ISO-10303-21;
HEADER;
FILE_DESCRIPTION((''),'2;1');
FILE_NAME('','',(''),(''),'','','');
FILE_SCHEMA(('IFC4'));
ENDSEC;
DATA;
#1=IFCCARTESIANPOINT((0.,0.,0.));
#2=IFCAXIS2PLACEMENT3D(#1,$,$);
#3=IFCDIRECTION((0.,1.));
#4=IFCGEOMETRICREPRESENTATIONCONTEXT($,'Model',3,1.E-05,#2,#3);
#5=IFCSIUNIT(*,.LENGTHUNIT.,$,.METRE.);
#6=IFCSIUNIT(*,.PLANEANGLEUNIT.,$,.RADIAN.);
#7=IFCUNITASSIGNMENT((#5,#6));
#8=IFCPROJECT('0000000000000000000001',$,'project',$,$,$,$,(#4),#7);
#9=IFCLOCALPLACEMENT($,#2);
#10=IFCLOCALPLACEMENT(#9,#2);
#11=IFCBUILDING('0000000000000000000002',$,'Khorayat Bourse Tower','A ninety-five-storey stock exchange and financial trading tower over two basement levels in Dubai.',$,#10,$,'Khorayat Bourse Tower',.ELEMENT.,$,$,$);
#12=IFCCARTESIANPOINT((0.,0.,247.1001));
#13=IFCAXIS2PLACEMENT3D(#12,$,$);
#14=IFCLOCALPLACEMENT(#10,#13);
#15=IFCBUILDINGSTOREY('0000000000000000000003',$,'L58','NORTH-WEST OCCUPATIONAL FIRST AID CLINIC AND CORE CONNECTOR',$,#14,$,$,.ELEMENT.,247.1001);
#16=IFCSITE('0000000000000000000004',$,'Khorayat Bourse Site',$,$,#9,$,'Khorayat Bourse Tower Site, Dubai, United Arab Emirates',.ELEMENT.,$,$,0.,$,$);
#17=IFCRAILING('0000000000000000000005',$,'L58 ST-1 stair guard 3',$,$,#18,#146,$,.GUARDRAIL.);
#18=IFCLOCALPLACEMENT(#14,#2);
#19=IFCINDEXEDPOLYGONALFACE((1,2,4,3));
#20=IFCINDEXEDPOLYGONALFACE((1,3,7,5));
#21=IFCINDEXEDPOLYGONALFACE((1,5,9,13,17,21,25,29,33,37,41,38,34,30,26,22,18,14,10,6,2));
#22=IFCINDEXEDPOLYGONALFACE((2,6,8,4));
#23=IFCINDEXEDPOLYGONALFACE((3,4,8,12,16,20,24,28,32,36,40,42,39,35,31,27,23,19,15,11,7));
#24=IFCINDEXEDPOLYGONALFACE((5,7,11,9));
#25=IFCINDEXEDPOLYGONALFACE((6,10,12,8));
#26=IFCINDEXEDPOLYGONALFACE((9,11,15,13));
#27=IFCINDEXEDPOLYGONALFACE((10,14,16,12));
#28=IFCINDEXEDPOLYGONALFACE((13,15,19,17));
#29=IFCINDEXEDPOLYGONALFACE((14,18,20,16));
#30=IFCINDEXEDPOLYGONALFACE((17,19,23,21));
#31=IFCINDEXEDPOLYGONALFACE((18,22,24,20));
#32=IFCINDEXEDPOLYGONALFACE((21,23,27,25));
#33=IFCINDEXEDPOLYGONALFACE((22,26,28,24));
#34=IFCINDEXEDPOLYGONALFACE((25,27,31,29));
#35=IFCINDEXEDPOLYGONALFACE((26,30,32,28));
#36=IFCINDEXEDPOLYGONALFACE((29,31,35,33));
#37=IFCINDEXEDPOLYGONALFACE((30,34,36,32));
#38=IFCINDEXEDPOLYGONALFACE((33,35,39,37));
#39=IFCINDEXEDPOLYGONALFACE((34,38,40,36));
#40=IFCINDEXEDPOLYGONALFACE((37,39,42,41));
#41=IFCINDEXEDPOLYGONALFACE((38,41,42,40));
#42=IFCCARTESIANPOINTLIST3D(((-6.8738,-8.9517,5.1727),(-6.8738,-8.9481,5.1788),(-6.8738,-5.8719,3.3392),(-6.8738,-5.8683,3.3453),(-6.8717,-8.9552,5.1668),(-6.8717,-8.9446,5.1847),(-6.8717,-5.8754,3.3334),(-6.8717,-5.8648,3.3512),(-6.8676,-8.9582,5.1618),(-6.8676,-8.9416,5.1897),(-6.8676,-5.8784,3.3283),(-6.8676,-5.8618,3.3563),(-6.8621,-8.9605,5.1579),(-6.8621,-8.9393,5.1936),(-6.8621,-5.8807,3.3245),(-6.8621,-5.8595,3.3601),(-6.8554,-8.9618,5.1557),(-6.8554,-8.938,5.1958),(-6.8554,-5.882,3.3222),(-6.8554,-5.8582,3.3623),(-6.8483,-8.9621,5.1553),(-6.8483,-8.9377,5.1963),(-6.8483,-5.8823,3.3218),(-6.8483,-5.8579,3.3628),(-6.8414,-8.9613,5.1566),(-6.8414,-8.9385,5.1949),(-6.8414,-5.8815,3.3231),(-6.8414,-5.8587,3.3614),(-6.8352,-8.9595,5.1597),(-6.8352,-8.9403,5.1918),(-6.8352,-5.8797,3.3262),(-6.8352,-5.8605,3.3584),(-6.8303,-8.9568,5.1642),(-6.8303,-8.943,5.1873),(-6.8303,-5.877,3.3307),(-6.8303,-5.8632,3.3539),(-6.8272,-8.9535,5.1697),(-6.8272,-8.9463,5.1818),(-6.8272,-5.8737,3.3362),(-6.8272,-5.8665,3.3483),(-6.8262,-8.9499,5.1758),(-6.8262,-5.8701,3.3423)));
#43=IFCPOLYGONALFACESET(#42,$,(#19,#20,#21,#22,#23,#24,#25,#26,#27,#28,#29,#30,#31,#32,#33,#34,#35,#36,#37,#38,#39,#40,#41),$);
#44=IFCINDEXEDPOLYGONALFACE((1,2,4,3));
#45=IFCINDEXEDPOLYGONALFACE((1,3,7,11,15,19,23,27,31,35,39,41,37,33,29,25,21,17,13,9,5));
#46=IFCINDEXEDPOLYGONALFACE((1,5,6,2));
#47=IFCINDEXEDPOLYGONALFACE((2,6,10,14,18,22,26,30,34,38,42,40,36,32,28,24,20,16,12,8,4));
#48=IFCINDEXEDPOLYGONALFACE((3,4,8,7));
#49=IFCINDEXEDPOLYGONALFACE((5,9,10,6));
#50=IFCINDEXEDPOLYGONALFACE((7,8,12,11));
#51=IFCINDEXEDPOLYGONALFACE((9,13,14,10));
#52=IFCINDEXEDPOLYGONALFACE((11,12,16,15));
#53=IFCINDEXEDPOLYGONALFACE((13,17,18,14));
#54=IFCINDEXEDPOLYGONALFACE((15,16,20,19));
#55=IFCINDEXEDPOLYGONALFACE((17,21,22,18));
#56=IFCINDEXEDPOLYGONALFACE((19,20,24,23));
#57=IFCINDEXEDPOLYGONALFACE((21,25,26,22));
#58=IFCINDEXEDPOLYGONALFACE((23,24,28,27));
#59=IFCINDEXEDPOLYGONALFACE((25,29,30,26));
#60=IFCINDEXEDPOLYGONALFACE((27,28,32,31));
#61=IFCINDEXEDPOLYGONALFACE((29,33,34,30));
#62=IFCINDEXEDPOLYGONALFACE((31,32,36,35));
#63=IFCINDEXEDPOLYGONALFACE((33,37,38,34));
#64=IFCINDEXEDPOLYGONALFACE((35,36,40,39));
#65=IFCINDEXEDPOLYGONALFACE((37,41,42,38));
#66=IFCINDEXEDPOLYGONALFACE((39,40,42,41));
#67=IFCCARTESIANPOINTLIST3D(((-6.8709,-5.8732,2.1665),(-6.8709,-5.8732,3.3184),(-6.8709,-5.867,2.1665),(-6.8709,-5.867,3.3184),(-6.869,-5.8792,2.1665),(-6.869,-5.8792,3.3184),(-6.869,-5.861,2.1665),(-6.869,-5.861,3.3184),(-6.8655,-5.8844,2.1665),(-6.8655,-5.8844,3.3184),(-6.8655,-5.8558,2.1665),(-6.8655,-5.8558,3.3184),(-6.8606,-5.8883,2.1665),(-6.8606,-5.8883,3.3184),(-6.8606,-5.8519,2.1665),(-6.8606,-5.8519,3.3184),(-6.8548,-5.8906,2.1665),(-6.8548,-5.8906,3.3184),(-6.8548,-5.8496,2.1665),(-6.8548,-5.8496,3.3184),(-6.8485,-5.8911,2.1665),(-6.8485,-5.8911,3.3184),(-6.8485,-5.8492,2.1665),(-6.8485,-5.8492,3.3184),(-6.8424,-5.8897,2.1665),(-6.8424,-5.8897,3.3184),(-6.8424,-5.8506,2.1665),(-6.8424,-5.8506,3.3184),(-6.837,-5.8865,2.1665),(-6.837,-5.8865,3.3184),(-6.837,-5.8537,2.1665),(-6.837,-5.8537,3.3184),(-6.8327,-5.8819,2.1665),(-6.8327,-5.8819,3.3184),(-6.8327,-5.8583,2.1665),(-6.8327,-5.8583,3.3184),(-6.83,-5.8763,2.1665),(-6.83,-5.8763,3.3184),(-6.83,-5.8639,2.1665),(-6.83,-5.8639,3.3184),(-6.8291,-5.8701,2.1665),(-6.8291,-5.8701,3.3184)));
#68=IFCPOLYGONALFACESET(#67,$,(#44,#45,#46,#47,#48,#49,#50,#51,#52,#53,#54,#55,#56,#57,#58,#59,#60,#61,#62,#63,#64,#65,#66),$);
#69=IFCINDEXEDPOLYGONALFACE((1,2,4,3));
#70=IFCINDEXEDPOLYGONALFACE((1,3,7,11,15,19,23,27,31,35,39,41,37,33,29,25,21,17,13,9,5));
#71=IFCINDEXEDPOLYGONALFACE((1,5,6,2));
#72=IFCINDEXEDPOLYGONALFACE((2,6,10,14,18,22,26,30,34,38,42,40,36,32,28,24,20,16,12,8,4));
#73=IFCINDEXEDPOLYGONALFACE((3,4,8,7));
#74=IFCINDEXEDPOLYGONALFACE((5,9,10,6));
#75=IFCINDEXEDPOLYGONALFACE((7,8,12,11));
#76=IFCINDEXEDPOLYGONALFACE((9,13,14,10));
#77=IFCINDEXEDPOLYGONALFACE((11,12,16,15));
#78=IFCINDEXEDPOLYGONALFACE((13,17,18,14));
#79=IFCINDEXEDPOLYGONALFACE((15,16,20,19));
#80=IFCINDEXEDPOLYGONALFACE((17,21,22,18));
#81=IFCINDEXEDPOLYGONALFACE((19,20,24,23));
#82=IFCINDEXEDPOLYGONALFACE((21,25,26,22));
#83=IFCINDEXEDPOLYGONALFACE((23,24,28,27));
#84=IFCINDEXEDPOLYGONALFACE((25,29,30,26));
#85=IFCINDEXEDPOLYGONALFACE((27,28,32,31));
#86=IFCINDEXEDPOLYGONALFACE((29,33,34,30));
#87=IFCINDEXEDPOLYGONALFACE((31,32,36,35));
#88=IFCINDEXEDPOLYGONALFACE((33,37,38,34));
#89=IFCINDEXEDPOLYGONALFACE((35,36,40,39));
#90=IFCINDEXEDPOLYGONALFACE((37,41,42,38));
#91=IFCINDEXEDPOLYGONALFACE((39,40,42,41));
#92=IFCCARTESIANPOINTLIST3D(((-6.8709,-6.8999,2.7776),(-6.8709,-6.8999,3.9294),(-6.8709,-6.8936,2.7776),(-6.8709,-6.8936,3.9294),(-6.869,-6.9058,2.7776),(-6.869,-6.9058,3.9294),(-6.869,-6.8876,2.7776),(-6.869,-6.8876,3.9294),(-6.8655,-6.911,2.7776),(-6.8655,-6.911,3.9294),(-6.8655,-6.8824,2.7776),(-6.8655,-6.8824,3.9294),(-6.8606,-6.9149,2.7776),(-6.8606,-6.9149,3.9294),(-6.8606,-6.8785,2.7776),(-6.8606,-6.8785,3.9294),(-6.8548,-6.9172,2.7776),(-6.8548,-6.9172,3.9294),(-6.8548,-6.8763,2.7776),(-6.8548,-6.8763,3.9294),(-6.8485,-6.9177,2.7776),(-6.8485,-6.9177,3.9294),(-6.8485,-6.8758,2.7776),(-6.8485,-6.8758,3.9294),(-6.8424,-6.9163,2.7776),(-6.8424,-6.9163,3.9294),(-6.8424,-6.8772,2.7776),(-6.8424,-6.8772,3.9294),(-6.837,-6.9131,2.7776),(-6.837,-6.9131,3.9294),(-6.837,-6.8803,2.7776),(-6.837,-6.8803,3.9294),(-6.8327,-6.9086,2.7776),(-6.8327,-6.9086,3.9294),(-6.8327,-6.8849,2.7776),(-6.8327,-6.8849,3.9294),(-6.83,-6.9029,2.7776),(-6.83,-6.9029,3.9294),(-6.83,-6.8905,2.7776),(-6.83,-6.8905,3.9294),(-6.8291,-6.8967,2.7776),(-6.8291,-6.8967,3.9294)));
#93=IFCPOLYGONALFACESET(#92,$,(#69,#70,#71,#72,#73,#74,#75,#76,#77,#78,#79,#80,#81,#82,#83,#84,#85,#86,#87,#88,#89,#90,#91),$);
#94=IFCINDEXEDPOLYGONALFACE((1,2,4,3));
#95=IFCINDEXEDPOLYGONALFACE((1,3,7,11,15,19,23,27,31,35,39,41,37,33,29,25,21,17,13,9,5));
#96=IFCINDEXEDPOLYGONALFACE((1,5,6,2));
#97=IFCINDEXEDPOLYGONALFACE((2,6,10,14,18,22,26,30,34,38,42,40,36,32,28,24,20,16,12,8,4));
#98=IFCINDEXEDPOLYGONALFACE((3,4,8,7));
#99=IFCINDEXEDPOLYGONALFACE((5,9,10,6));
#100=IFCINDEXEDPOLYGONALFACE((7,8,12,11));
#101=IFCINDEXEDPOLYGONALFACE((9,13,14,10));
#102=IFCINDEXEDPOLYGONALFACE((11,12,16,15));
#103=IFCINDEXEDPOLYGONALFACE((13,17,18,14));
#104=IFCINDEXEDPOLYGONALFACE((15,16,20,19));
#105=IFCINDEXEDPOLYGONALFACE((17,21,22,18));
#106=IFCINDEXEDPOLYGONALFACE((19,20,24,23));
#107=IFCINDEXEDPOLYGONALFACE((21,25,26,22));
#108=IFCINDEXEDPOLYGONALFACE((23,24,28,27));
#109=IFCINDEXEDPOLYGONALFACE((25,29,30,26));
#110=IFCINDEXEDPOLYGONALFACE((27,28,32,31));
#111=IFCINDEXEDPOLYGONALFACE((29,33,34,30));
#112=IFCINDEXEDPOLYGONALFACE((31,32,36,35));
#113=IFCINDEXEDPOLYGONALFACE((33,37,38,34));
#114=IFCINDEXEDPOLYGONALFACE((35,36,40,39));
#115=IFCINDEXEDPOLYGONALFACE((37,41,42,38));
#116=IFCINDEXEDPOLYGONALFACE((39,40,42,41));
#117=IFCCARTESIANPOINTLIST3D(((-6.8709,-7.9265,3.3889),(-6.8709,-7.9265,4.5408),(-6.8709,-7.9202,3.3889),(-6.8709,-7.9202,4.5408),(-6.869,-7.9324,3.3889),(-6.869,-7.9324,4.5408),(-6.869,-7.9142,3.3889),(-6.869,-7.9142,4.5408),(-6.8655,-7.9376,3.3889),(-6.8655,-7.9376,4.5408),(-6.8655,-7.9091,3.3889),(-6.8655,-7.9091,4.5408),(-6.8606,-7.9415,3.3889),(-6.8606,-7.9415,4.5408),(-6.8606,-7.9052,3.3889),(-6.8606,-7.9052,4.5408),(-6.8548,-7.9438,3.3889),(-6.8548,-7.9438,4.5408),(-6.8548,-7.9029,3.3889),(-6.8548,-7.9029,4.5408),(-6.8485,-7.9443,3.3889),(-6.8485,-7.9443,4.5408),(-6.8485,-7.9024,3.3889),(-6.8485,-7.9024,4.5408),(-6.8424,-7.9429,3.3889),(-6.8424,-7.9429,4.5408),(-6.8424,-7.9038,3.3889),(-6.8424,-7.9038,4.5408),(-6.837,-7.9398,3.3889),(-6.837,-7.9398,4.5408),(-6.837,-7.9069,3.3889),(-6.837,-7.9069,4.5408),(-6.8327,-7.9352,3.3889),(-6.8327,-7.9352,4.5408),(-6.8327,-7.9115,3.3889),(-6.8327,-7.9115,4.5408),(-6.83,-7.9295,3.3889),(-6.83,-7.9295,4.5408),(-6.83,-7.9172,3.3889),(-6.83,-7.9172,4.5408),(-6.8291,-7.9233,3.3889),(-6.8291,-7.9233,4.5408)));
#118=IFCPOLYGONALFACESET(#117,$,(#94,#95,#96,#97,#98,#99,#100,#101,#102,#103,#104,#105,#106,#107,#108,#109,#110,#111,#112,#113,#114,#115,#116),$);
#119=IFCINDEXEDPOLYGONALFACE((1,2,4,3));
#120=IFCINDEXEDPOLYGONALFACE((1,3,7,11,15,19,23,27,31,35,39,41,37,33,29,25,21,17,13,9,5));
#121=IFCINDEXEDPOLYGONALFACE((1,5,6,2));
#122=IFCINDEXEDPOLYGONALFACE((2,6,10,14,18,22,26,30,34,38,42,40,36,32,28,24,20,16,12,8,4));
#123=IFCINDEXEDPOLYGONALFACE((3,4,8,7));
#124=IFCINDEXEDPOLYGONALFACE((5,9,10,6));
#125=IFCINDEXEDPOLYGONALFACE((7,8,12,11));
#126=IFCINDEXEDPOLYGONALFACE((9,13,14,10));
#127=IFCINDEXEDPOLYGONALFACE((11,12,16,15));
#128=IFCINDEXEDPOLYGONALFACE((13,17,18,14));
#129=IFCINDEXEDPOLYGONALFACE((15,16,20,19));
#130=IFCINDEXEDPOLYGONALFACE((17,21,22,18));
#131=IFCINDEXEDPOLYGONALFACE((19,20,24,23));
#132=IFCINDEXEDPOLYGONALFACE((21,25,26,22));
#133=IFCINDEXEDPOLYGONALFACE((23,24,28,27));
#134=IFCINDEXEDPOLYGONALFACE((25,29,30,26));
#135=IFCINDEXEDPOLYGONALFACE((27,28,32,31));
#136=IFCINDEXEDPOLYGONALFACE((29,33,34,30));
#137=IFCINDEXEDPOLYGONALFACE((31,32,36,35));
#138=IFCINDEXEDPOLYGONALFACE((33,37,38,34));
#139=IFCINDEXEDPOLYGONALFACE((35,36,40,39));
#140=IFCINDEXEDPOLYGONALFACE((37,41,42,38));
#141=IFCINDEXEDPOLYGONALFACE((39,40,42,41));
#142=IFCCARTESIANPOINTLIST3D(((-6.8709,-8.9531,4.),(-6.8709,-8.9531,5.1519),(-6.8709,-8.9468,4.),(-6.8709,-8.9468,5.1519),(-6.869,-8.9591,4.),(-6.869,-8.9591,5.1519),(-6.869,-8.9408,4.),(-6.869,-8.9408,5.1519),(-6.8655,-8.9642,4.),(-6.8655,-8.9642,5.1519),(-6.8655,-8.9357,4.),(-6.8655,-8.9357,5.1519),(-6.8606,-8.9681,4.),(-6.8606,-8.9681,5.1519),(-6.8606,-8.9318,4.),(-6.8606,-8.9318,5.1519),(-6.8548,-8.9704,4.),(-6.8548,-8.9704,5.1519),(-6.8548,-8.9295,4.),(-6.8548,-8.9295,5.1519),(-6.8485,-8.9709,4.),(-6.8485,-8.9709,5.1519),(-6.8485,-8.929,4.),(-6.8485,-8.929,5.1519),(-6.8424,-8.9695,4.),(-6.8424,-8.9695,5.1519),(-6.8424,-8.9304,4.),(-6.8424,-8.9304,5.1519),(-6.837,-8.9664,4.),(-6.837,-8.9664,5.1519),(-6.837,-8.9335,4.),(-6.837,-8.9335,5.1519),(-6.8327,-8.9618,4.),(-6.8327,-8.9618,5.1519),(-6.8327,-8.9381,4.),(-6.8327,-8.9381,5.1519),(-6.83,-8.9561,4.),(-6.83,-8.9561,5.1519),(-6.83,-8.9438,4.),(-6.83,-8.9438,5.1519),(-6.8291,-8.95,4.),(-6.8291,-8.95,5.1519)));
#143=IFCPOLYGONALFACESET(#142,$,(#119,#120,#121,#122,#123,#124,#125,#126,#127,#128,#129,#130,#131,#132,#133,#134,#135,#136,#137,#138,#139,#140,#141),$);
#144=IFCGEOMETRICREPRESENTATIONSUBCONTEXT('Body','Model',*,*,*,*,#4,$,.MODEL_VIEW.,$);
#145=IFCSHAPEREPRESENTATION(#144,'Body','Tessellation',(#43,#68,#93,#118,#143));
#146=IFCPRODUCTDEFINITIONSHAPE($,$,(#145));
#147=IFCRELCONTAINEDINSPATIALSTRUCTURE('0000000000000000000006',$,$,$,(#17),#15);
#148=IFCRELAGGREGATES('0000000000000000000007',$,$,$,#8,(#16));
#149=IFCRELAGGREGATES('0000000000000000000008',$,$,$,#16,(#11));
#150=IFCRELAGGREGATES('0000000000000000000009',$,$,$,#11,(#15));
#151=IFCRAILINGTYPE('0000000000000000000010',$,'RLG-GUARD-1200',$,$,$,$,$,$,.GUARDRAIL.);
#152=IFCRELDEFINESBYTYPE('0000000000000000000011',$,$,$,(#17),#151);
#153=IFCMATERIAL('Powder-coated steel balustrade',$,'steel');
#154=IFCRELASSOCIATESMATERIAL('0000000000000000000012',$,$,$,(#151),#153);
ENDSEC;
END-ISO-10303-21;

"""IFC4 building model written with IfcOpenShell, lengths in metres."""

from ifc_helpers import new_model, si_unit, direction, frame, origin, origin_2d, place, context, subcontext, project, spatial, circle, extrude, source, transform, mapped, material, type_object, element, save


model = new_model("IFC4")

# Units and contexts
model_context = context("Model", 3, precision=1e-05, world=origin(), true_north=direction((0.0, 1.0)))
body_context = subcontext(model_context, "Body", "Model", "MODEL_VIEW")
ifc_project = project(units=[si_unit("LENGTHUNIT", "METRE"), si_unit("PLANEANGLEUNIT", "RADIAN")], contexts=[model_context])

# Site, building, storey
site_placement = place(None, origin())
site = spatial("IfcSite", under=ifc_project, at=site_placement, Name="Khorayat Bourse Site", LongName="Khorayat Bourse Tower Site, Dubai, United Arab Emirates", CompositionType="ELEMENT", RefElevation=0.0)
building_placement = place(site_placement, origin())
building = spatial("IfcBuilding", under=site, at=building_placement, Name="Khorayat Bourse Tower", Description="A ninety-five-storey stock exchange and financial trading tower over two basement levels in Dubai.", LongName="Khorayat Bourse Tower", CompositionType="ELEMENT")
storey_placement = place(building_placement, frame((0.0, 0.0, 247.1001)))
storey = spatial("IfcBuildingStorey", under=building, at=storey_placement, Name="L58", Description="NORTH-WEST OCCUPATIONAL FIRST AID CLINIC AND CORE CONNECTOR", CompositionType="ELEMENT", Elevation=247.1001)

# Railing
ifc_material_1 = material(Name="Powder-coated steel balustrade", Category="steel")
railing_type_1 = type_object("IfcRailingType", Name="RLG-GUARD-1200", PredefinedType="GUARDRAIL", material=ifc_material_1)
shared_shape_1 = source(origin(), body_context, "Body", "SweptSolid", [
    extrude(circle(Radius=0.0239, at=origin_2d()), frame((0.0, 0.0, 1.1758), z_axis=(0.0, -0.859261, 0.511538), x_axis=(1.0, 0.0, 0.0)), (0.0, 0.0, 1.0), 3.5842),
    extrude(circle(Radius=0.021, at=origin_2d()), origin(), (0.0, 0.0, 1.0), 1.1519),
    extrude(circle(Radius=0.021, at=origin_2d()), frame((0.0, -1.0266, 0.6111)), (0.0, 0.0, 1.0), 1.1519),
    extrude(circle(Radius=0.021, at=origin_2d()), frame((0.0, -2.0532, 1.2224)), (0.0, 0.0, 1.0), 1.1519),
    extrude(circle(Radius=0.021, at=origin_2d()), frame((0.0, -3.0798, 1.8335)), (0.0, 0.0, 1.0), 1.1519),
])
railing_1_placement = place(storey_placement, frame((-6.8501, -5.8701, 2.1665)))
element("IfcRailing", 1, at=railing_1_placement, inside=storey, type_object=railing_type_1, Name="L58 ST-1 stair guard 3", PredefinedType="GUARDRAIL", context=body_context, shape_type="MappedRepresentation", body=[
    mapped(shared_shape_1, transform((0.0, 0.0, 0.0), scale=1.0)),
])

save(model, "model.ifc")
